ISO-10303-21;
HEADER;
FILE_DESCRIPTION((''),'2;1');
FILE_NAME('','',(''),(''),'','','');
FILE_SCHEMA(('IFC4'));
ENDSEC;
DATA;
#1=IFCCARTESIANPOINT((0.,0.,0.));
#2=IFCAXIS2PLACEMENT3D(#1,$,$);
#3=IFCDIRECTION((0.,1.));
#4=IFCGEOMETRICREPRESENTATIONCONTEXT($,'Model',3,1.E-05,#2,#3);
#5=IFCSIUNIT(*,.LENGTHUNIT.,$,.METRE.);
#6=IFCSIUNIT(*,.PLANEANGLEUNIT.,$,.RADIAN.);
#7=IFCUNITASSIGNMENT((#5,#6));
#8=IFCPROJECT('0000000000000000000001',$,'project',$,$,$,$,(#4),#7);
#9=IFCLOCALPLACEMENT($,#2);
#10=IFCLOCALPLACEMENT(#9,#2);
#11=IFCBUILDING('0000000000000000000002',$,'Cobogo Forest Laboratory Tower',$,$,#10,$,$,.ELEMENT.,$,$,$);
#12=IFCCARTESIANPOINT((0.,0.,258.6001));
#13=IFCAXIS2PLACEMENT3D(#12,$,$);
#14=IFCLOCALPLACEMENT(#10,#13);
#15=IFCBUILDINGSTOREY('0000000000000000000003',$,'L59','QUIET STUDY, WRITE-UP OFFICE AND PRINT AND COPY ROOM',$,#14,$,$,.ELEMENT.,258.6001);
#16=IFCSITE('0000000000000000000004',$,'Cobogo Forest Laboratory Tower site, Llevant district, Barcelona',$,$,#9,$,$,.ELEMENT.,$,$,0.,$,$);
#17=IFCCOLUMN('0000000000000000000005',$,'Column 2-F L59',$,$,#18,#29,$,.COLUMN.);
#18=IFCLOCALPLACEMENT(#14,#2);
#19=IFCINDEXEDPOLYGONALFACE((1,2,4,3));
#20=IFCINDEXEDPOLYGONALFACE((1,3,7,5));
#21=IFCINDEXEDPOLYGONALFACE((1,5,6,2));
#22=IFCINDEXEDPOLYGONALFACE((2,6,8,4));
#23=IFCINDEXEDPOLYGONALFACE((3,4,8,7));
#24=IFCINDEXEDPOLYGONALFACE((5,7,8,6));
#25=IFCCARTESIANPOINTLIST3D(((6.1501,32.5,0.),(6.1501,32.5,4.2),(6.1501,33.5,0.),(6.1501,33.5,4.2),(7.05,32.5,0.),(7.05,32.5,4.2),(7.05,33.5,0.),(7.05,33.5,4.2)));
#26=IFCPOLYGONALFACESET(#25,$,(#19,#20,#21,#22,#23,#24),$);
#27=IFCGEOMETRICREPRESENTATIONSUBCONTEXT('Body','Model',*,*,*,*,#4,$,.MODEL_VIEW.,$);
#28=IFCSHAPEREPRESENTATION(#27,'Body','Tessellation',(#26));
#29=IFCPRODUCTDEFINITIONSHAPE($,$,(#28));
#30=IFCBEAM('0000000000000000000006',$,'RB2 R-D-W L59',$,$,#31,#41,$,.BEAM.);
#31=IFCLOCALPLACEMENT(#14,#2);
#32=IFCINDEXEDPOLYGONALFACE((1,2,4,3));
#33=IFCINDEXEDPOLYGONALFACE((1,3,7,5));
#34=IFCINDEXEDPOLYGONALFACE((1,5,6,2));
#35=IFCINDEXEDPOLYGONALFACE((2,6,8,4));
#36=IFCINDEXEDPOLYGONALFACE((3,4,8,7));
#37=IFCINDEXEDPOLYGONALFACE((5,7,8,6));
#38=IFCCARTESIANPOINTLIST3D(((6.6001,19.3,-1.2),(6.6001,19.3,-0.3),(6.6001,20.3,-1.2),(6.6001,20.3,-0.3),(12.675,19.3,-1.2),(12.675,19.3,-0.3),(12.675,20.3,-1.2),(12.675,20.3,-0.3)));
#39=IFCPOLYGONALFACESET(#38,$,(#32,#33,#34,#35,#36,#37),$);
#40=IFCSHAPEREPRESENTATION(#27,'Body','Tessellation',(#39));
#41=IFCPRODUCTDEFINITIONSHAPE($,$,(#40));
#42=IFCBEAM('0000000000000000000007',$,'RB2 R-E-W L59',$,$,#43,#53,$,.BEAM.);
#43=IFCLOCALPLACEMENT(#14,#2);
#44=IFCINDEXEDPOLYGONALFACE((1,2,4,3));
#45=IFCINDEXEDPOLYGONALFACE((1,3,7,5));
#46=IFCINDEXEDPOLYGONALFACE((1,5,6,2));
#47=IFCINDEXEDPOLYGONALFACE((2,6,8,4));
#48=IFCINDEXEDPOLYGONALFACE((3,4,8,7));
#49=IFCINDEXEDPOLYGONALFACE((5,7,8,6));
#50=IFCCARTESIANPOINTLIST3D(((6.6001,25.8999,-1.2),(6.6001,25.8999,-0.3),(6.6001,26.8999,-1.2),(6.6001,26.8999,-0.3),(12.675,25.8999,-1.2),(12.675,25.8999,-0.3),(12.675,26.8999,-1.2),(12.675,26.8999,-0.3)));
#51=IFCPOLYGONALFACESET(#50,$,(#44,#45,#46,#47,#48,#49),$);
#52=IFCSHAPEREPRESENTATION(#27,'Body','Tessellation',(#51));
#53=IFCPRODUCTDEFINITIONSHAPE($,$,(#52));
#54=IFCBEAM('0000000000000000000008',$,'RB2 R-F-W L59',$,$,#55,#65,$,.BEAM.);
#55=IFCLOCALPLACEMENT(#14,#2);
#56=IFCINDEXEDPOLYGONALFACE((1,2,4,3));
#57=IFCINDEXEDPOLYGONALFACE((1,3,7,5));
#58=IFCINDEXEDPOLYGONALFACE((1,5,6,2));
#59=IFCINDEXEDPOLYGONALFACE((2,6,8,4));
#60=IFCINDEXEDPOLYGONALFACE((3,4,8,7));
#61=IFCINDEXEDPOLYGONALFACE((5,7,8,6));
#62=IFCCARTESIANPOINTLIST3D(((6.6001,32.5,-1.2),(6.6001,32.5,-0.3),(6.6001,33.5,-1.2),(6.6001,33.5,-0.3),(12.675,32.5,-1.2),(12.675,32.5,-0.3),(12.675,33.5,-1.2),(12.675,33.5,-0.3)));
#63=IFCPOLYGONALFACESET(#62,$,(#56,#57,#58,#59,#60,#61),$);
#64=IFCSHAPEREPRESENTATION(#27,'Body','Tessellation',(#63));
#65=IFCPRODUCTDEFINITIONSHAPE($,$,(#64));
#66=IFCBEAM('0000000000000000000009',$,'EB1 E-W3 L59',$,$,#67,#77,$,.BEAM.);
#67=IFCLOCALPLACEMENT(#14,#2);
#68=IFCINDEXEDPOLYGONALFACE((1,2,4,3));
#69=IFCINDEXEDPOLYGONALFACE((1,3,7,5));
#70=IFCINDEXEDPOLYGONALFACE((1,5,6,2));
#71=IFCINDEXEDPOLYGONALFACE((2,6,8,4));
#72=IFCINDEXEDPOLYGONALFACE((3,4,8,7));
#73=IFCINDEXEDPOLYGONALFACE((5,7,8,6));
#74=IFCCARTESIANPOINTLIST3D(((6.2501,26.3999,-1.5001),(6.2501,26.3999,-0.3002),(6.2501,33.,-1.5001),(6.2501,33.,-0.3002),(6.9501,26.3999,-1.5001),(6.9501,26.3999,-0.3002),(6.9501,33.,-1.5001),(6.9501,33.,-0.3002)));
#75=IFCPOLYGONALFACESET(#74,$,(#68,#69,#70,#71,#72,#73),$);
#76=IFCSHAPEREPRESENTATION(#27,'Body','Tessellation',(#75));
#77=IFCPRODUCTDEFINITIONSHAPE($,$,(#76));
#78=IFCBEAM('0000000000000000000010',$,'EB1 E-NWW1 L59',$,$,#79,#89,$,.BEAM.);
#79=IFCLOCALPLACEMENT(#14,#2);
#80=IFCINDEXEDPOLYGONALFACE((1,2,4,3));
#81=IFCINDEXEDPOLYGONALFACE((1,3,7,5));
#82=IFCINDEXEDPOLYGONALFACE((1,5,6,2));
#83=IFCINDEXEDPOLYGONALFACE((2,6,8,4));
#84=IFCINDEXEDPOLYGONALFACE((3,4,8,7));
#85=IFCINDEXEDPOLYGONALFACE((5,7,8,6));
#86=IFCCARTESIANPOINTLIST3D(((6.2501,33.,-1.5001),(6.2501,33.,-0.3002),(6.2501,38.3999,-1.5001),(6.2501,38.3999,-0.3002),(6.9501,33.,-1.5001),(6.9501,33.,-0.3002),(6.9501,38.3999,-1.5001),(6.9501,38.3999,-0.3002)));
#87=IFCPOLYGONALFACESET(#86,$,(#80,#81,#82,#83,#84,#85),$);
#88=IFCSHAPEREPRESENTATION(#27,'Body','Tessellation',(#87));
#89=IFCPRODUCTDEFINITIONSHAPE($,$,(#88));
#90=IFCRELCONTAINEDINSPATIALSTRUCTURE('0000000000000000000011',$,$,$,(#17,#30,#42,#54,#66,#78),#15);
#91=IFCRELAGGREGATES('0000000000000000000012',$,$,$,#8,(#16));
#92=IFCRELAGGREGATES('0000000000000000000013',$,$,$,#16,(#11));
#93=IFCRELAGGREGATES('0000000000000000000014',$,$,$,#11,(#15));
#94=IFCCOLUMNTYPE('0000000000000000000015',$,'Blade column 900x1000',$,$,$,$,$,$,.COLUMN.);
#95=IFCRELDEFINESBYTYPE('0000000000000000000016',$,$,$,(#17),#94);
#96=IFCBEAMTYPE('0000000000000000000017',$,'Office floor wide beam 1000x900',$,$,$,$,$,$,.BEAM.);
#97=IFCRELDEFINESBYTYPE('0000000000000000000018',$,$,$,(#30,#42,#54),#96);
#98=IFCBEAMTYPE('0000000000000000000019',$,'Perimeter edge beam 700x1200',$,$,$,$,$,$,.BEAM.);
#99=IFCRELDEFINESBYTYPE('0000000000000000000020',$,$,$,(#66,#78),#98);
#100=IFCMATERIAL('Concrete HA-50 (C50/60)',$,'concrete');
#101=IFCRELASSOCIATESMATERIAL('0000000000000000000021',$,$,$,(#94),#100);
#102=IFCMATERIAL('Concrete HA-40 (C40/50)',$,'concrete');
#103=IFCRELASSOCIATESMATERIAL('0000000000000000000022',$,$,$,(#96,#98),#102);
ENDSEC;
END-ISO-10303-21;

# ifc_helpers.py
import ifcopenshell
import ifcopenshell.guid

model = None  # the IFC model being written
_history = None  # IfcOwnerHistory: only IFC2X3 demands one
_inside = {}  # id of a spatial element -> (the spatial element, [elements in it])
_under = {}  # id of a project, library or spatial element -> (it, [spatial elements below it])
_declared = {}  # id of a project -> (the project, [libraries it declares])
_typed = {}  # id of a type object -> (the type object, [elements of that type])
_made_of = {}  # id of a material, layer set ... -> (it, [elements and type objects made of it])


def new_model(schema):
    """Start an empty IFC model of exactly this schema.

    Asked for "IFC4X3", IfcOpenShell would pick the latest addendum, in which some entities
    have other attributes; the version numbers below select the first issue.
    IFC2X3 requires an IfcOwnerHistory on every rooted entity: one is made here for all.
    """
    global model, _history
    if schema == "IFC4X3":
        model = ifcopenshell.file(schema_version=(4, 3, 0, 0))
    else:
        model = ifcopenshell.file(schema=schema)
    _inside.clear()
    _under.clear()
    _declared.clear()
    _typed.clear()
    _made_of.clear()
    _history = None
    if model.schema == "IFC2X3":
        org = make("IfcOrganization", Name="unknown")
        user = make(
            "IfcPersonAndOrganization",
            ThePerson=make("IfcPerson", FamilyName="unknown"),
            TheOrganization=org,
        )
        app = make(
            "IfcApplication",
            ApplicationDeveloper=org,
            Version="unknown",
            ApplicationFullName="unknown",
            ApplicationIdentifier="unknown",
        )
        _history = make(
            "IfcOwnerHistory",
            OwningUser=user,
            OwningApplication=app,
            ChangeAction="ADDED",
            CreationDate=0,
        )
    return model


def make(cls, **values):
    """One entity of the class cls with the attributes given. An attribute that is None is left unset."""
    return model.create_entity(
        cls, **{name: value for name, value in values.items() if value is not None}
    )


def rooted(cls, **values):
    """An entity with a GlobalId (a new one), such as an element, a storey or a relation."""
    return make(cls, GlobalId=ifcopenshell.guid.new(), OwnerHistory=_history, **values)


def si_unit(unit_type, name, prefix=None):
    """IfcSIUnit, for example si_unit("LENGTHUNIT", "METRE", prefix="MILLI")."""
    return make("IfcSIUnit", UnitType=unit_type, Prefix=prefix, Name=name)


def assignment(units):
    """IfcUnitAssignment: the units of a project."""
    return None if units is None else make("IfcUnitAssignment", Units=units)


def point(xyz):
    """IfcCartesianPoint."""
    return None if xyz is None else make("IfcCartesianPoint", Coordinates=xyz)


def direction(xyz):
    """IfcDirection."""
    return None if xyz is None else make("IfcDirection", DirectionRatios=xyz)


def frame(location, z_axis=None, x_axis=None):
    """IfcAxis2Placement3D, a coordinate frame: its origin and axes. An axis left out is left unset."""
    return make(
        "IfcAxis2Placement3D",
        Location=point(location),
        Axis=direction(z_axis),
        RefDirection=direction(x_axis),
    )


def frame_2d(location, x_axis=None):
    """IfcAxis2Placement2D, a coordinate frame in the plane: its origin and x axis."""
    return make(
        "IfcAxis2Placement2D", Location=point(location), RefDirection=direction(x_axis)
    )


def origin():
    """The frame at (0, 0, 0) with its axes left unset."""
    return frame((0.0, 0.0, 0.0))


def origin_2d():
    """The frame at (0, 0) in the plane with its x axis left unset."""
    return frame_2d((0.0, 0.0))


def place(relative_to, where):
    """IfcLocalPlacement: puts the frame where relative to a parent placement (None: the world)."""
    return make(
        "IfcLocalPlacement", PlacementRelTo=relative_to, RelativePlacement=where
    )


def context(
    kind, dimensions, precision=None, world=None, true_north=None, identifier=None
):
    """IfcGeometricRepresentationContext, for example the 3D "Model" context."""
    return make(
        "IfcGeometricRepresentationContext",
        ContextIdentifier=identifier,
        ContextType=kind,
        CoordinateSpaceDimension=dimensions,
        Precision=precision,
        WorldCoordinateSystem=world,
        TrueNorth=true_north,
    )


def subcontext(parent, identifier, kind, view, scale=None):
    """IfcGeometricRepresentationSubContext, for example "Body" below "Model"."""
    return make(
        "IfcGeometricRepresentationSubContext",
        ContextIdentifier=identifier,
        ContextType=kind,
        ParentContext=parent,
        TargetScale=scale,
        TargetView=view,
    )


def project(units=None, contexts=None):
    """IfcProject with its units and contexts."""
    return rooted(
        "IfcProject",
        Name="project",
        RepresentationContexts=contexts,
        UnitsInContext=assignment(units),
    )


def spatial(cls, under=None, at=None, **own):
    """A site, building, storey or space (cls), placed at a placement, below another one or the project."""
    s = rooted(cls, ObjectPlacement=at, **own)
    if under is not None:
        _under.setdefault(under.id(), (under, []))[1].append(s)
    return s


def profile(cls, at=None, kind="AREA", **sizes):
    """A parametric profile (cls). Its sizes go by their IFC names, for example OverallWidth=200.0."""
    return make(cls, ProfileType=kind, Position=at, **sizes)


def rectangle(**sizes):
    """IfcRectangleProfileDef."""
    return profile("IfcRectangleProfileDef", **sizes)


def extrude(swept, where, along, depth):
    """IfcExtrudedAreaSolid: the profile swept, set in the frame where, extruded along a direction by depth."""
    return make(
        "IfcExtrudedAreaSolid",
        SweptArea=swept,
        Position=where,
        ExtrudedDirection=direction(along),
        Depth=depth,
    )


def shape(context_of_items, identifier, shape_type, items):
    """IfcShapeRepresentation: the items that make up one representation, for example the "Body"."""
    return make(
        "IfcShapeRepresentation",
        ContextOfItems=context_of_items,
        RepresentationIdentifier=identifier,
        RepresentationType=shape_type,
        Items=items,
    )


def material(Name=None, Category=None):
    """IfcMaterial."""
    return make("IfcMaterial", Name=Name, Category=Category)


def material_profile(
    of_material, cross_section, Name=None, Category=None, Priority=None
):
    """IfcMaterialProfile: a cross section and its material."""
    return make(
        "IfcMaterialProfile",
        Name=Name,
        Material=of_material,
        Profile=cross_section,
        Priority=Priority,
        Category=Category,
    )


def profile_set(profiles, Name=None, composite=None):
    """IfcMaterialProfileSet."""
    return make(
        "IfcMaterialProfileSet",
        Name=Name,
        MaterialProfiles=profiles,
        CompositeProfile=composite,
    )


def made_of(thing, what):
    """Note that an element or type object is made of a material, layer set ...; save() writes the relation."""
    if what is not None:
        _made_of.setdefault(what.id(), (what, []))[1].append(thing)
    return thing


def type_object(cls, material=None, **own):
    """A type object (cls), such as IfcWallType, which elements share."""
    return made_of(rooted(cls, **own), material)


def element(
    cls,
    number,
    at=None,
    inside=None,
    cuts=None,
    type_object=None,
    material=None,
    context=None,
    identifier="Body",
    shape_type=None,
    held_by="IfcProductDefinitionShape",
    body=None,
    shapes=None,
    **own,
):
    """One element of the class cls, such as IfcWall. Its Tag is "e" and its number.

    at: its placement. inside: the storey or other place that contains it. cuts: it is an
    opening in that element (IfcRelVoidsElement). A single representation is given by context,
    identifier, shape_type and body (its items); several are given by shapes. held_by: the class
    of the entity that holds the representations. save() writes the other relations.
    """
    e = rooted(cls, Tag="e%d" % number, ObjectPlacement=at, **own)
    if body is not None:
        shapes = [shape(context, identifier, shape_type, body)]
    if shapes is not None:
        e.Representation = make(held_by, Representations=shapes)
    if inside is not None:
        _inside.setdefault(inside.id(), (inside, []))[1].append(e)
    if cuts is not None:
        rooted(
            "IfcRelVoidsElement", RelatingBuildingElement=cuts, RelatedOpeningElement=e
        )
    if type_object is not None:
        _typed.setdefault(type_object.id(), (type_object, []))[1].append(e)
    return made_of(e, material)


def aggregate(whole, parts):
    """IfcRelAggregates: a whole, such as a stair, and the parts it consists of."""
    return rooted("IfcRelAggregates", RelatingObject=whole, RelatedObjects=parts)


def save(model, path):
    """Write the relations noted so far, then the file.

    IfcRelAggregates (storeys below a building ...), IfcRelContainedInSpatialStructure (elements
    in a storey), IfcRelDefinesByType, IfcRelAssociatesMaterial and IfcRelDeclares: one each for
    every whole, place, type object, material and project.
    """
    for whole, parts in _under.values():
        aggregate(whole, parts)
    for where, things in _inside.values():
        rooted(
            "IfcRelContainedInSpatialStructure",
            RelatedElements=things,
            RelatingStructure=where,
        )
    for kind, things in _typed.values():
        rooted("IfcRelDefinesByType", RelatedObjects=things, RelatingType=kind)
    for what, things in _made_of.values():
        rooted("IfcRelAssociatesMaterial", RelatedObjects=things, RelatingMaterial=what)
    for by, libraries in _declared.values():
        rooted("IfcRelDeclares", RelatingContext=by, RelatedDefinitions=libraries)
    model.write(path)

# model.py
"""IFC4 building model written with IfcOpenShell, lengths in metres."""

from ifc_helpers import new_model, si_unit, direction, frame, origin, origin_2d, place, context, subcontext, project, spatial, rectangle, extrude, material, material_profile, profile_set, type_object, element, save


model = new_model("IFC4")

# Units and contexts
model_context = context("Model", 3, precision=1e-05, world=origin(), true_north=direction((0.0, 1.0)))
body_context = subcontext(model_context, "Body", "Model", "MODEL_VIEW")
ifc_project = project(units=[si_unit("LENGTHUNIT", "METRE"), si_unit("PLANEANGLEUNIT", "RADIAN")], contexts=[model_context])

# Site, building, storey
site_placement = place(None, origin())
site = spatial("IfcSite", under=ifc_project, at=site_placement, Name="Cobogo Forest Laboratory Tower site, Llevant district, Barcelona", CompositionType="ELEMENT", RefElevation=0.0)
building_placement = place(site_placement, origin())
building = spatial("IfcBuilding", under=site, at=building_placement, Name="Cobogo Forest Laboratory Tower", CompositionType="ELEMENT")
storey_placement = place(building_placement, frame((0.0, 0.0, 258.6001)))
storey = spatial("IfcBuildingStorey", under=building, at=storey_placement, Name="L59", Description="QUIET STUDY, WRITE-UP OFFICE AND PRINT AND COPY ROOM", CompositionType="ELEMENT", Elevation=258.6001)

# Column
ifc_material_1 = material(Name="Concrete HA-50 (C50/60)", Category="concrete")
ifc_material_profile_1 = material_profile(ifc_material_1, rectangle(XDim=1.0, YDim=0.8999, at=origin_2d()), Name="RC 900x1000")
ifc_profile_set_1 = profile_set([ifc_material_profile_1], Name="Concrete HA-50 (C50/60)")
column_type = type_object("IfcColumnType", Name="Blade column 900x1000", PredefinedType="COLUMN", material=ifc_profile_set_1)
column_placement = place(storey_placement, frame((6.6001, 33.0, 0.0), z_axis=(0.0, 0.0, 1.0), x_axis=(0.0, 1.0, 0.0)))
element("IfcColumn", 1, at=column_placement, inside=storey, type_object=column_type, Name="Column 2-F L59", PredefinedType="COLUMN", context=body_context, shape_type="SweptSolid", body=[
    extrude(rectangle(XDim=1.0, YDim=0.8999, at=origin_2d()), origin(), (0.0, 0.0, 1.0), 4.2),
])

# Beams
ifc_material_2 = material(Name="Concrete HA-40 (C40/50)", Category="concrete")
ifc_material_profile_2 = material_profile(ifc_material_2, rectangle(XDim=1.0, YDim=0.8999, at=origin_2d()), Name="RC 1000x900")
ifc_profile_set_2 = profile_set([ifc_material_profile_2], Name="Concrete HA-40 (C40/50)")
beam_type_1 = type_object("IfcBeamType", Name="Office floor wide beam 1000x900", PredefinedType="BEAM", material=ifc_profile_set_2)
for number, where, z_axis, x_axis, name in (
    (2, (12.675, 19.8, -0.75), (-1.0, 0.0, 0.0), (0.0, -1.0, 0.0), "RB2 R-D-W L59"),
    (3, (12.675, 26.3999, -0.75), (-1.0, 0.0, 0.0), (0.0, -1.0, 0.0), "RB2 R-E-W L59"),
    (4, (12.675, 33.0, -0.75), (-1.0, 0.0, 0.0), (0.0, -1.0, 0.0), "RB2 R-F-W L59"),
):
    element("IfcBeam", number, at=place(storey_placement, frame(where, z_axis=z_axis, x_axis=x_axis)), inside=storey, type_object=beam_type_1, Name=name, PredefinedType="BEAM", context=body_context, shape_type="SweptSolid", body=[
        extrude(rectangle(XDim=1.0, YDim=0.8999, at=origin_2d()), origin(), (0.0, 0.0, 1.0), 6.075),
    ])
ifc_material_profile_3 = material_profile(ifc_material_2, rectangle(XDim=0.7, YDim=1.2, at=origin_2d()), Name="RC 700x1200")
ifc_profile_set_3 = profile_set([ifc_material_profile_3], Name="Concrete HA-40 (C40/50)")
beam_type_2 = type_object("IfcBeamType", Name="Perimeter edge beam 700x1200", PredefinedType="BEAM", material=ifc_profile_set_3)
beam_1_placement = place(storey_placement, frame((6.6001, 26.3999, -0.9001), z_axis=(0.0, 1.0, 0.0), x_axis=(-1.0, 0.0, 0.0)))
element("IfcBeam", 5, at=beam_1_placement, inside=storey, type_object=beam_type_2, Name="EB1 E-W3 L59", PredefinedType="BEAM", context=body_context, shape_type="SweptSolid", body=[
    extrude(rectangle(XDim=0.7, YDim=1.2, at=origin_2d()), origin(), (0.0, 0.0, 1.0), 6.6001),
])
beam_2_placement = place(storey_placement, frame((6.6001, 33.0, -0.9001), z_axis=(0.0, 1.0, 0.0), x_axis=(-1.0, 0.0, 0.0)))
element("IfcBeam", 6, at=beam_2_placement, inside=storey, type_object=beam_type_2, Name="EB1 E-NWW1 L59", PredefinedType="BEAM", context=body_context, shape_type="SweptSolid", body=[
    extrude(rectangle(XDim=0.7, YDim=1.2, at=origin_2d()), origin(), (0.0, 0.0, 1.0), 5.3999),
])

save(model, "model.ifc")
